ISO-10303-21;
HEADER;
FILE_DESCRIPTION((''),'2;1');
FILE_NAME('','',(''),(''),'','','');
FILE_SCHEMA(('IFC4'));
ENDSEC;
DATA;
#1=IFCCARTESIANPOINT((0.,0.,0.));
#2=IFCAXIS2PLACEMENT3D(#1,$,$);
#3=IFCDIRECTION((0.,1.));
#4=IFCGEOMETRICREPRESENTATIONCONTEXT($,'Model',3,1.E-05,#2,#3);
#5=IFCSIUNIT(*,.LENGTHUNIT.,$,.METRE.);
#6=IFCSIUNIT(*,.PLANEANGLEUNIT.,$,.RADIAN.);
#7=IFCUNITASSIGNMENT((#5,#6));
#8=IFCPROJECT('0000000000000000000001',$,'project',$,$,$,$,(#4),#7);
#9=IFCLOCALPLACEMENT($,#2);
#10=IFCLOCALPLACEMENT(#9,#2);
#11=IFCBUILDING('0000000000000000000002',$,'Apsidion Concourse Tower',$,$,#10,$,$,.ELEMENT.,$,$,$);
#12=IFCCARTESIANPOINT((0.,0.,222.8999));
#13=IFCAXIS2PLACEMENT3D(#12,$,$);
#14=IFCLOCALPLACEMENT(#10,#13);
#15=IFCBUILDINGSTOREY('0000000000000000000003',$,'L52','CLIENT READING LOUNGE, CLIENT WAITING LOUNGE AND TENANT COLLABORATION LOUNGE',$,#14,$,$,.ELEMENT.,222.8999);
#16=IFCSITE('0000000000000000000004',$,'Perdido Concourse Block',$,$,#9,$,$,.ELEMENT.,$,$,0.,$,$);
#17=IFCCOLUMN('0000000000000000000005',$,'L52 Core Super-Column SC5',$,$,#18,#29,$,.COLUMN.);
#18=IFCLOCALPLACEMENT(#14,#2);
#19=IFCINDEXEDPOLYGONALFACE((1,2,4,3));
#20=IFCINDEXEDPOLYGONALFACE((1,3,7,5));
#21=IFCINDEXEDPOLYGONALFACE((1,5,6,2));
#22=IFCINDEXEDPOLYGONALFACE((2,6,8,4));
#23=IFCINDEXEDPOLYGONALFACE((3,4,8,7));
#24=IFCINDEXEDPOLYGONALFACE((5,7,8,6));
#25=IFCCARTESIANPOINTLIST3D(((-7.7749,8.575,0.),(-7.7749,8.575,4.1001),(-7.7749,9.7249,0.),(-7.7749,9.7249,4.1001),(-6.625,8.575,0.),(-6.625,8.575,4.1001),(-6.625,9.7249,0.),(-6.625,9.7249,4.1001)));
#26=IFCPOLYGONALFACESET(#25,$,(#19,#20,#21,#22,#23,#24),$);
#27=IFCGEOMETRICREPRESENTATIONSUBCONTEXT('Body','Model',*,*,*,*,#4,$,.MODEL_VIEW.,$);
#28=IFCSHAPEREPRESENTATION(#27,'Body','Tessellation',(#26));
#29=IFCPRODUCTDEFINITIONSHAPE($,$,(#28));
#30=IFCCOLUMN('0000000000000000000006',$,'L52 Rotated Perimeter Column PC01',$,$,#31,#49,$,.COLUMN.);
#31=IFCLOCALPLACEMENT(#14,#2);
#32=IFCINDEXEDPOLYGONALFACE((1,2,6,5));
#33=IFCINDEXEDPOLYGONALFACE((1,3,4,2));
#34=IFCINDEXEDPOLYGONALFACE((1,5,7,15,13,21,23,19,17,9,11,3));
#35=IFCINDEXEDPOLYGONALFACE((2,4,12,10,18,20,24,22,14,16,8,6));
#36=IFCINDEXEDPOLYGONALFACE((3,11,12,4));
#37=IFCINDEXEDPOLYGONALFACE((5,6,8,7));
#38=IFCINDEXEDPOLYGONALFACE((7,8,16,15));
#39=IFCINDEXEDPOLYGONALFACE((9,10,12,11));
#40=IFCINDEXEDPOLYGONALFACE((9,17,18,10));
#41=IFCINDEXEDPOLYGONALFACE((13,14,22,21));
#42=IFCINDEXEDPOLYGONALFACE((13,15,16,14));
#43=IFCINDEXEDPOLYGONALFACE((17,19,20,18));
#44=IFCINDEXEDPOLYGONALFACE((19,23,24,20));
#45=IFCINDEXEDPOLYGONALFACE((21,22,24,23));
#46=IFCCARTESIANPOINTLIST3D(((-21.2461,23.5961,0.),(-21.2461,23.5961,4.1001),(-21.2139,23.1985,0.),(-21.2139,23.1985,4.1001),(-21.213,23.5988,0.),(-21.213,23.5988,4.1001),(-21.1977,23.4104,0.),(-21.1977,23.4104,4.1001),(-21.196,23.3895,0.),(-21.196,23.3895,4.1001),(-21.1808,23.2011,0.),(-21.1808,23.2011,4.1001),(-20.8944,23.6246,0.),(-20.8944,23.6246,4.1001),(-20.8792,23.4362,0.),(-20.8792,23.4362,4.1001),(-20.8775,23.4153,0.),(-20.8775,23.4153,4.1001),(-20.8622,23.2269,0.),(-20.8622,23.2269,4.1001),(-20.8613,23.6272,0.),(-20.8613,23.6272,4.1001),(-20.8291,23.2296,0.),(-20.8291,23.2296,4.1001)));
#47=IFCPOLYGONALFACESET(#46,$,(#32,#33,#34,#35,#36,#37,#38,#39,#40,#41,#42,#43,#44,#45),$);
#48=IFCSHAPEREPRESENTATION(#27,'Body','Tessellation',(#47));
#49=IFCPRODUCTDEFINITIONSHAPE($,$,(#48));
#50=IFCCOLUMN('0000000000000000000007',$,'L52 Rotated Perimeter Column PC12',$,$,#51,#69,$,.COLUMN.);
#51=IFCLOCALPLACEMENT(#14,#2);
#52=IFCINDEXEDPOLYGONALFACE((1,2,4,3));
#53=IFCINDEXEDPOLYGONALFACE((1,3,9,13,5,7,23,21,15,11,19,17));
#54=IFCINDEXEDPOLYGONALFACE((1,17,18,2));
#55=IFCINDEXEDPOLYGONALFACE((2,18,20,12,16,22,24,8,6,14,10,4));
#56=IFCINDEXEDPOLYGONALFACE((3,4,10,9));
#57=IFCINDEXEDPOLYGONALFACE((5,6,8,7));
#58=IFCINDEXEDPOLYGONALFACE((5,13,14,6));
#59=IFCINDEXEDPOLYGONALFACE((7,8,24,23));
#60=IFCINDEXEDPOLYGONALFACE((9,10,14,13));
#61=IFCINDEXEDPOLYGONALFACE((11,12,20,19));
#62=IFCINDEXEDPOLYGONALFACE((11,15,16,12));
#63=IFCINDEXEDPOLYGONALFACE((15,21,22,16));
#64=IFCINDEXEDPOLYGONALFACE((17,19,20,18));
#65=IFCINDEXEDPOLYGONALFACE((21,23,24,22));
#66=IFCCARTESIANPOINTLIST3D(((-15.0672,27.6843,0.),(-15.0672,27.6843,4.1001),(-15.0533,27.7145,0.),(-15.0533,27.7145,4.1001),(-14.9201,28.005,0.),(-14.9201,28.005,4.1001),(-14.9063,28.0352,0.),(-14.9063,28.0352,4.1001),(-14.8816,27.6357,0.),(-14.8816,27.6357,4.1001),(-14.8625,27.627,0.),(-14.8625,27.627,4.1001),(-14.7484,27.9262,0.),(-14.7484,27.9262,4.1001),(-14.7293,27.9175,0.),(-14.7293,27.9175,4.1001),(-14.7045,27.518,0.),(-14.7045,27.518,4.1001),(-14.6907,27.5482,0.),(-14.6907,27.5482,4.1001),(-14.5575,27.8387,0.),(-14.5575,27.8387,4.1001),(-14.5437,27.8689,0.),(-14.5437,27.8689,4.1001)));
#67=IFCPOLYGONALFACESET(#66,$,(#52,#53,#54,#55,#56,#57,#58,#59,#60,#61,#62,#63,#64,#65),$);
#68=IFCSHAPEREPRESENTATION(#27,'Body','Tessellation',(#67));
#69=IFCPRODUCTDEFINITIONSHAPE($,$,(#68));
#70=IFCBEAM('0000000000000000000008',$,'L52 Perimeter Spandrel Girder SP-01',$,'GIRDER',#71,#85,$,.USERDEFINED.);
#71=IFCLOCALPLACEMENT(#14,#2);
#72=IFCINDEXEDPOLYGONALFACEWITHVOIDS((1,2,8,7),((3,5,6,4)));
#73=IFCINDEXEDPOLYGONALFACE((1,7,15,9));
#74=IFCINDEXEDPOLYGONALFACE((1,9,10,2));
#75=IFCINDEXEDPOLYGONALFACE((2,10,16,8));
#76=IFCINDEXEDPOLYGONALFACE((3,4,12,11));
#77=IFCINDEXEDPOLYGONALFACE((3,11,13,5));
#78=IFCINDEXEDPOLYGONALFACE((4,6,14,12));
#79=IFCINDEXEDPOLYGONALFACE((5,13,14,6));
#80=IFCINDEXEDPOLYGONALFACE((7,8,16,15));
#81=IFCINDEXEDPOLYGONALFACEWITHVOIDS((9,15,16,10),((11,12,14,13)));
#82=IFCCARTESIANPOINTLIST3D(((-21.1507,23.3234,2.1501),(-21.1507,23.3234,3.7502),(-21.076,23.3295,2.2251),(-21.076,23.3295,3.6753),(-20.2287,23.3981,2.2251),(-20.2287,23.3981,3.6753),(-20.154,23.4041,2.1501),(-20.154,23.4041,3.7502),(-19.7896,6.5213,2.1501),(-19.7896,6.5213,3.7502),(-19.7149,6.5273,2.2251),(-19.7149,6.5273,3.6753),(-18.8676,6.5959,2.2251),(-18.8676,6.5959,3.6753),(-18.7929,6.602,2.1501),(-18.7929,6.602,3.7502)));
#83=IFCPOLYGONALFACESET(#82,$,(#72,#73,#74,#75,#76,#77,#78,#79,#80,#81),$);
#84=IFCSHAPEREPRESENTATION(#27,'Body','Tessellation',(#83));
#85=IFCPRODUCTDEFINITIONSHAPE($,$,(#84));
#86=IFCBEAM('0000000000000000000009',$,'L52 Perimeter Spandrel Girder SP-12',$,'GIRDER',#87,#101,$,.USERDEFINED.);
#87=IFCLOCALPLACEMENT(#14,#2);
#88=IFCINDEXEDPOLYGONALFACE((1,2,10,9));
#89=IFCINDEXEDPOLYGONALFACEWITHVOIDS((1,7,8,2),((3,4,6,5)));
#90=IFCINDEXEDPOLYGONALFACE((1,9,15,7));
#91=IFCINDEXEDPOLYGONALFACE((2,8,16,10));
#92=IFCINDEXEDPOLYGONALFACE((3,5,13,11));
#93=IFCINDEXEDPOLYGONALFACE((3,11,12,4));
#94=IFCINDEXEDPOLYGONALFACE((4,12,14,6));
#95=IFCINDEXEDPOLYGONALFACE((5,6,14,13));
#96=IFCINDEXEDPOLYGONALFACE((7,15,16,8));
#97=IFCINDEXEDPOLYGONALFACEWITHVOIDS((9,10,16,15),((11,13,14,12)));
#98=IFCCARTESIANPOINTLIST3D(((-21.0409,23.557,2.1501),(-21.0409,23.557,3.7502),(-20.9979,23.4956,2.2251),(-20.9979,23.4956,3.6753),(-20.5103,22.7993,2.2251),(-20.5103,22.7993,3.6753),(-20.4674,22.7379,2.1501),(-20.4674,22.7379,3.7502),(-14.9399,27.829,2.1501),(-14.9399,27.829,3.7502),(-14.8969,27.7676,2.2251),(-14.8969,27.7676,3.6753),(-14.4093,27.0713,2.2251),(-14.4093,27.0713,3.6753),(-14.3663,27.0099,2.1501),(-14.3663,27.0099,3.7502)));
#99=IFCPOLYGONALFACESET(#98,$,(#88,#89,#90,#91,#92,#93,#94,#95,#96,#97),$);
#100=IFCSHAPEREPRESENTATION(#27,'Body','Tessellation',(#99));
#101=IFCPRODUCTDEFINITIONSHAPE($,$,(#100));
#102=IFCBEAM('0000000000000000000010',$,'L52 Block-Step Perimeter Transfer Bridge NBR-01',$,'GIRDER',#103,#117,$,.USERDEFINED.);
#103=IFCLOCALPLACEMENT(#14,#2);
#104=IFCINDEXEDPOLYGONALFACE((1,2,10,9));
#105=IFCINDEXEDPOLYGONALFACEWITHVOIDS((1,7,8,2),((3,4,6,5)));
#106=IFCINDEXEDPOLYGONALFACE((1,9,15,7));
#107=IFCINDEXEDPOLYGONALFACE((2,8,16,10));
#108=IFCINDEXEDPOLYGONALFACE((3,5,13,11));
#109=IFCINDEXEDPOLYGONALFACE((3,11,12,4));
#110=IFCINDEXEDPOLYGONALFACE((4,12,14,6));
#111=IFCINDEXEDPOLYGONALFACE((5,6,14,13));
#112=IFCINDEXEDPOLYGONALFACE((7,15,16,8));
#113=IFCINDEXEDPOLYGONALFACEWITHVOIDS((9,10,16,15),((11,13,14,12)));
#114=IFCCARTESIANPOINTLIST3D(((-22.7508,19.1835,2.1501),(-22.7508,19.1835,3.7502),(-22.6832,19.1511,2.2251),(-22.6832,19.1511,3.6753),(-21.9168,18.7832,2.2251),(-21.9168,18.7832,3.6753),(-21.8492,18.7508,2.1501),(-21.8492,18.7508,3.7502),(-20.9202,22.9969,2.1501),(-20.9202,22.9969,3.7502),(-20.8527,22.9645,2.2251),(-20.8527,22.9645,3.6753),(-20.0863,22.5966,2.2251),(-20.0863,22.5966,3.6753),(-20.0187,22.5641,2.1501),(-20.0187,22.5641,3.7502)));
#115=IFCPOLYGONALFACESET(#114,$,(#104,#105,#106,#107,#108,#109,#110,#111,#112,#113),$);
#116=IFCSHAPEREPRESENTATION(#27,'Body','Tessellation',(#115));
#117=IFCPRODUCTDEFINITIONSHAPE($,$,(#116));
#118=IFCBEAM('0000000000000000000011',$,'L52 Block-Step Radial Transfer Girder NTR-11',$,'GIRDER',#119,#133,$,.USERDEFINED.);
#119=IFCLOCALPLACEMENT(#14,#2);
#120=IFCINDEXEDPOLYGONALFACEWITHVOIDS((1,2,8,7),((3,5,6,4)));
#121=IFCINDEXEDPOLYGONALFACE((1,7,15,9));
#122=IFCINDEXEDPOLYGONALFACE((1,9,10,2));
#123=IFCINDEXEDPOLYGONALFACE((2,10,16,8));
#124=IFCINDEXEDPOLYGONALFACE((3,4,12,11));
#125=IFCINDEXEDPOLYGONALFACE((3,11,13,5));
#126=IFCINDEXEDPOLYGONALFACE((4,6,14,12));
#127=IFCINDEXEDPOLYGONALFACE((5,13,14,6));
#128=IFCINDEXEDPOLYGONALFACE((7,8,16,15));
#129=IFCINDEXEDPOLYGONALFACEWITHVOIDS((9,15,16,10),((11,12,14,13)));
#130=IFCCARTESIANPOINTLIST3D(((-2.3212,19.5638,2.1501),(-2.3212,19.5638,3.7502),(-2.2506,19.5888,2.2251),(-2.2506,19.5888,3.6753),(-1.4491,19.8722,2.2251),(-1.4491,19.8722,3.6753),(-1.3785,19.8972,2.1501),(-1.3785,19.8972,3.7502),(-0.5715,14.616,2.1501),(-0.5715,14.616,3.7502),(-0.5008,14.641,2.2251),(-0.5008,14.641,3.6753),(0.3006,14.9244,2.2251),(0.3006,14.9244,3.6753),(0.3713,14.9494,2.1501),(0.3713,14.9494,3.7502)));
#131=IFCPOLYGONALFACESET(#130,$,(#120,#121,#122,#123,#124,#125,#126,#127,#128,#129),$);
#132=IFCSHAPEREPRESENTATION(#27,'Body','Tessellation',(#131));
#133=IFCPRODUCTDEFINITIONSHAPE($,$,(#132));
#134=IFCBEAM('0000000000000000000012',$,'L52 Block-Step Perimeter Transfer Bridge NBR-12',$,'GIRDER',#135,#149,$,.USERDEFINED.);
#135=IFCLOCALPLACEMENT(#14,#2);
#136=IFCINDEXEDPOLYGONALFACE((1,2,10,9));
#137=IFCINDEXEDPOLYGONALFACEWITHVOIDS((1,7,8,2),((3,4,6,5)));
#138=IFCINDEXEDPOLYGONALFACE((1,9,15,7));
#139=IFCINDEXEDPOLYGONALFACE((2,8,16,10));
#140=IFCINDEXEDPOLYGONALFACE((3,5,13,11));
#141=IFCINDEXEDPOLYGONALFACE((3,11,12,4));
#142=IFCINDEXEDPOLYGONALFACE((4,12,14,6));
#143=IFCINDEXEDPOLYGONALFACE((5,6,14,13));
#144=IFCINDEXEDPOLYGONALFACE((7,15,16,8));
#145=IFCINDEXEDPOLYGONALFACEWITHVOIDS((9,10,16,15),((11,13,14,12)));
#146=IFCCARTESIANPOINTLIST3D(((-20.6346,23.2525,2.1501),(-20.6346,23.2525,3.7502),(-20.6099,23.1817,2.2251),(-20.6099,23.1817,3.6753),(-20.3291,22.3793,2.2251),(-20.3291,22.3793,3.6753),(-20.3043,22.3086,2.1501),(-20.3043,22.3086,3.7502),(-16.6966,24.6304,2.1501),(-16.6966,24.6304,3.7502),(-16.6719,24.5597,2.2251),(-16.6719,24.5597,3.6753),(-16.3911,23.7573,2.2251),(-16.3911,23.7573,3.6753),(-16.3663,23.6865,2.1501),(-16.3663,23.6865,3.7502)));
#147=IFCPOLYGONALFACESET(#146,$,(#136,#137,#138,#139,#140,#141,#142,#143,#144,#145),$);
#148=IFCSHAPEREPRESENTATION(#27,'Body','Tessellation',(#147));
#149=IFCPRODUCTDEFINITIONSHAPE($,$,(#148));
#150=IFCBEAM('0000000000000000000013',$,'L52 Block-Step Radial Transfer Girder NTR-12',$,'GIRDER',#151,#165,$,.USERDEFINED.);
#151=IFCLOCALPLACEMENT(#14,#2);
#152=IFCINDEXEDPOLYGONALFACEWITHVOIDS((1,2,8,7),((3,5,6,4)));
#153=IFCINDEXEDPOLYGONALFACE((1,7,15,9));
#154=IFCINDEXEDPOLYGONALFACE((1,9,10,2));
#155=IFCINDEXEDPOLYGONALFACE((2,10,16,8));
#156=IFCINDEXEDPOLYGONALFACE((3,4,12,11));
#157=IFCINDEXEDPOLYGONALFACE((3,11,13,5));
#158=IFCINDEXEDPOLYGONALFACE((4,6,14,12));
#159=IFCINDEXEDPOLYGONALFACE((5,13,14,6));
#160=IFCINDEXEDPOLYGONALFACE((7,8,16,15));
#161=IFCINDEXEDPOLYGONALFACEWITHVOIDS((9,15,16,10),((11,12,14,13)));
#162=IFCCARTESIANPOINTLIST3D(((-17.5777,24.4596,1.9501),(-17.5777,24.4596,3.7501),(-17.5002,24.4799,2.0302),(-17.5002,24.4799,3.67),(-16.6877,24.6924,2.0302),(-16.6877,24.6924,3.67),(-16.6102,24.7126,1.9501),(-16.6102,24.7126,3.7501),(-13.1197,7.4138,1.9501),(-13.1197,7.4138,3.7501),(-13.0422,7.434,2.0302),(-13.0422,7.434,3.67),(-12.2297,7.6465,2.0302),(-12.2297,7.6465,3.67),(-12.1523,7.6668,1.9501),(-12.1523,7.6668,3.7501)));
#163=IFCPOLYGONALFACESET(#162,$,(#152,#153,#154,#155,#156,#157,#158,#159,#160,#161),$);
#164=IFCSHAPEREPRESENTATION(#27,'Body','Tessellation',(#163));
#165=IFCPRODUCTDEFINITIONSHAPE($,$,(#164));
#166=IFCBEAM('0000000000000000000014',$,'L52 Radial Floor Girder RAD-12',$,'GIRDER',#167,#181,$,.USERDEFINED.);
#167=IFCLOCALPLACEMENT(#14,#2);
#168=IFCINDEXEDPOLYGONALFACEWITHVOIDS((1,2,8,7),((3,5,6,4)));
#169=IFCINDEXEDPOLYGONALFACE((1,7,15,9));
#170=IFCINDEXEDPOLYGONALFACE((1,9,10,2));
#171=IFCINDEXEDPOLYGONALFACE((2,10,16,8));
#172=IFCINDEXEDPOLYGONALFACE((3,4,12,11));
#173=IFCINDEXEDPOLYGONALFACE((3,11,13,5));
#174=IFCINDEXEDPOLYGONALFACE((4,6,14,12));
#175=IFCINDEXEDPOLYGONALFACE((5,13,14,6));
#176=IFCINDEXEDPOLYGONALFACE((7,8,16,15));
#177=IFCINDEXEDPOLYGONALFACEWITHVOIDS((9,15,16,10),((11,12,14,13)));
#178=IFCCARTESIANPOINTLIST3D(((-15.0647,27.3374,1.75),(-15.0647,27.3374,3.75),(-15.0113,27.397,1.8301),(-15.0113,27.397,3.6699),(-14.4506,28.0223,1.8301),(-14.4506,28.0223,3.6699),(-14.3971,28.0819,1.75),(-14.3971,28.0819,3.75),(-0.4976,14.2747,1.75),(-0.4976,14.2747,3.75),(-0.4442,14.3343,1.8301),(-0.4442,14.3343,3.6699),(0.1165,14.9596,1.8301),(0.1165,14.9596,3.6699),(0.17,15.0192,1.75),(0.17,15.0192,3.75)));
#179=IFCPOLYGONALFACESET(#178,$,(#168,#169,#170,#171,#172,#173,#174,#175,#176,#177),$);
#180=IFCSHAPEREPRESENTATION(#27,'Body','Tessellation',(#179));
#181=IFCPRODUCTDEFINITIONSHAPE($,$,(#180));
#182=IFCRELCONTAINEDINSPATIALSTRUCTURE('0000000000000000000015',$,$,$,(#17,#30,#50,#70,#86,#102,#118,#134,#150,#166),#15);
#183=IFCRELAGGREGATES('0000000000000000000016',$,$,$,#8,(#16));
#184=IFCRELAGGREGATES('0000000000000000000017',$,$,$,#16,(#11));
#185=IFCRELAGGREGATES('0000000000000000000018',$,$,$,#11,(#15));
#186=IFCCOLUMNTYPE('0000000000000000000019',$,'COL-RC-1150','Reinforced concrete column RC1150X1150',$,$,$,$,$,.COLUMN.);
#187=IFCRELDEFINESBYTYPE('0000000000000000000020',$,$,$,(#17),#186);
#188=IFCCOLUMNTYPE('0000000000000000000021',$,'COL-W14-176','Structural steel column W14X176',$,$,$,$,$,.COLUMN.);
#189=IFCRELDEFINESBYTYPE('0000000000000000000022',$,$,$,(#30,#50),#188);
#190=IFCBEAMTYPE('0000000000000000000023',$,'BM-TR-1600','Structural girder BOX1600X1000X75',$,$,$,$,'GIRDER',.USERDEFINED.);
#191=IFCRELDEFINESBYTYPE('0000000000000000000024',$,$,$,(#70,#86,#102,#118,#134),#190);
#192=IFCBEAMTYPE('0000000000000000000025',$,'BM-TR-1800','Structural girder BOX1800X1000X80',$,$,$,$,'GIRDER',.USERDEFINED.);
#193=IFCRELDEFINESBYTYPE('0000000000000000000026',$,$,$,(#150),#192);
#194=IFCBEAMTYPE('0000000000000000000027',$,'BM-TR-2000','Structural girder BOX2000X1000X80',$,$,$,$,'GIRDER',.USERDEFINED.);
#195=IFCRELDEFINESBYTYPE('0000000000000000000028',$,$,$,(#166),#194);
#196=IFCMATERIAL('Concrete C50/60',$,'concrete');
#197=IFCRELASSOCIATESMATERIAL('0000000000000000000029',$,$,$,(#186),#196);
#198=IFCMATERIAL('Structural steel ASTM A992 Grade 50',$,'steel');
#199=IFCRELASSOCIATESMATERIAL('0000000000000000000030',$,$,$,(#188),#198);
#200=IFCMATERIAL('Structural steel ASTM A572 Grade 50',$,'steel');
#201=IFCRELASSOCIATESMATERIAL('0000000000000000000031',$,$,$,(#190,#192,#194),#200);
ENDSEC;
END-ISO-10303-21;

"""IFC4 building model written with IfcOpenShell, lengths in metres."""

from ifc_helpers import new_model, si_unit, direction, frame, origin, origin_2d, place, context, subcontext, project, spatial, rectangle, hollow_rectangle, i_section, extrude, material, material_profile, profile_set, type_object, element, save


model = new_model("IFC4")

# Units and contexts
model_context = context("Model", 3, precision=1e-05, world=origin(), true_north=direction((0.0, 1.0)))
body_context = subcontext(model_context, "Body", "Model", "MODEL_VIEW")
ifc_project = project(units=[si_unit("LENGTHUNIT", "METRE"), si_unit("PLANEANGLEUNIT", "RADIAN")], contexts=[model_context])

# Site, building, storey
site_placement = place(None, origin())
site = spatial("IfcSite", under=ifc_project, at=site_placement, Name="Perdido Concourse Block", CompositionType="ELEMENT", RefElevation=0.0)
building_placement = place(site_placement, origin())
building = spatial("IfcBuilding", under=site, at=building_placement, Name="Apsidion Concourse Tower", CompositionType="ELEMENT")
storey_placement = place(building_placement, frame((0.0, 0.0, 222.8999)))
storey = spatial("IfcBuildingStorey", under=building, at=storey_placement, Name="L52", Description="CLIENT READING LOUNGE, CLIENT WAITING LOUNGE AND TENANT COLLABORATION LOUNGE", CompositionType="ELEMENT", Elevation=222.8999)

# Columns
ifc_material_1 = material(Name="Concrete C50/60", Category="concrete")
ifc_material_profile_1 = material_profile(ifc_material_1, rectangle(XDim=1.1499, YDim=1.1499, at=origin_2d()), Name="RC 1150x1150")
ifc_profile_set_1 = profile_set([ifc_material_profile_1], Name="Concrete C50/60")
column_type_1 = type_object("IfcColumnType", Name="COL-RC-1150", Description="Reinforced concrete column RC1150X1150", PredefinedType="COLUMN", material=ifc_profile_set_1)
column_placement = place(storey_placement, frame((-7.2, 9.1499, 0.0), z_axis=(0.0, 0.0, 1.0), x_axis=(1.0, 0.0, 0.0)))
element("IfcColumn", 1, at=column_placement, inside=storey, type_object=column_type_1, Name="L52 Core Super-Column SC5", PredefinedType="COLUMN", context=body_context, shape_type="SweptSolid", body=[
    extrude(rectangle(XDim=1.1499, YDim=1.1499, at=origin_2d()), origin(), (0.0, 0.0, 1.0), 4.1001),
])
ifc_material_2 = material(Name="Structural steel ASTM A992 Grade 50", Category="steel")
ifc_material_profile_2 = material_profile(ifc_material_2, i_section(OverallWidth=0.3989, OverallDepth=0.386, WebThickness=0.021, FlangeThickness=0.0332, at=origin_2d()), Name="W14X176")
ifc_profile_set_2 = profile_set([ifc_material_profile_2], Name="Structural steel ASTM A992 Grade 50")
column_type_2 = type_object("IfcColumnType", Name="COL-W14-176", Description="Structural steel column W14X176", PredefinedType="COLUMN", material=ifc_profile_set_2)
for number, where, z_axis, x_axis, name in (
    (2, (-21.0376, 23.4128, 0.0), (0.0, 0.0, 1.0), (-0.080721, 0.996737, 0.0), "L52 Rotated Perimeter Column PC01"),
    (3, (-14.8054, 27.7766, 0.0), (0.0, 0.0, 1.0), (-0.909018, 0.416757, 0.0), "L52 Rotated Perimeter Column PC12"),
):
    element("IfcColumn", number, at=place(storey_placement, frame(where, z_axis=z_axis, x_axis=x_axis)), inside=storey, type_object=column_type_2, Name=name, PredefinedType="COLUMN", context=body_context, shape_type="SweptSolid", body=[
        extrude(i_section(OverallWidth=0.3989, OverallDepth=0.386, WebThickness=0.021, FlangeThickness=0.0332, at=origin_2d()), origin(), (0.0, 0.0, 1.0), 4.1001),
    ])

# Beams
ifc_material_3 = material(Name="Structural steel ASTM A572 Grade 50", Category="steel")
ifc_material_profile_3 = material_profile(ifc_material_3, hollow_rectangle(XDim=1.0, YDim=1.6001, WallThickness=0.075, at=origin_2d()), Name="BOX1600X1000X75")
ifc_profile_set_3 = profile_set([ifc_material_profile_3], Name="Structural steel ASTM A572 Grade 50")
beam_type_1 = type_object("IfcBeamType", Name="BM-TR-1600", Description="Structural girder BOX1600X1000X75", ElementType="GIRDER", PredefinedType="USERDEFINED", material=ifc_profile_set_3)
beam_1_placement = place(storey_placement, frame((-20.6523, 23.3638, 2.9502), z_axis=(0.080742, -0.996735, 0.0), x_axis=(0.996735, 0.080742, 0.0)))
element("IfcBeam", 4, at=beam_1_placement, inside=storey, type_object=beam_type_1, Name="L52 Perimeter Spandrel Girder SP-01", ObjectType="GIRDER", PredefinedType="USERDEFINED", context=body_context, shape_type="SweptSolid", body=[
    extrude(hollow_rectangle(XDim=1.0, YDim=1.6001, WallThickness=0.075, at=origin_2d()), origin(), (0.0, 0.0, 1.0), 16.8572),
])
beam_2_placement = place(storey_placement, frame((-14.6531, 27.4194, 2.9502), z_axis=(-0.819155, -0.573572, 0.0), x_axis=(0.573572, -0.819155, 0.0)))
element("IfcBeam", 5, at=beam_2_placement, inside=storey, type_object=beam_type_1, Name="L52 Perimeter Spandrel Girder SP-12", ObjectType="GIRDER", PredefinedType="USERDEFINED", context=body_context, shape_type="SweptSolid", body=[
    extrude(hollow_rectangle(XDim=1.0, YDim=1.6001, WallThickness=0.075, at=origin_2d()), origin(), (0.0, 0.0, 1.0), 7.448),
])
beam_3_placement = place(storey_placement, frame((-20.4695, 22.7805, 2.9502), z_axis=(-0.43275, -0.901514, 0.0), x_axis=(0.901514, -0.43275, 0.0)))
element("IfcBeam", 6, at=beam_3_placement, inside=storey, type_object=beam_type_1, Name="L52 Block-Step Perimeter Transfer Bridge NBR-01", ObjectType="GIRDER", PredefinedType="USERDEFINED", context=body_context, shape_type="SweptSolid", body=[
    extrude(hollow_rectangle(XDim=1.0, YDim=1.6001, WallThickness=0.075, at=origin_2d()), origin(), (0.0, 0.0, 1.0), 4.23),
])
beam_4_placement = place(storey_placement, frame((-0.1001, 14.7827, 2.9502), z_axis=(-0.333411, 0.942781, 0.0), x_axis=(-0.942781, -0.333411, 0.0)))
element("IfcBeam", 7, at=beam_4_placement, inside=storey, type_object=beam_type_1, Name="L52 Block-Step Radial Transfer Girder NTR-11", ObjectType="GIRDER", PredefinedType="USERDEFINED", context=body_context, shape_type="SweptSolid", body=[
    extrude(hollow_rectangle(XDim=1.0, YDim=1.6001, WallThickness=0.075, at=origin_2d()), origin(), (0.0, 0.0, 1.0), 5.248),
])
beam_5_placement = place(storey_placement, frame((-20.4695, 22.7805, 2.9502), z_axis=(0.943886, 0.330272, 0.0), x_axis=(-0.330272, 0.943886, 0.0)))
element("IfcBeam", 8, at=beam_5_placement, inside=storey, type_object=beam_type_1, Name="L52 Block-Step Perimeter Transfer Bridge NBR-12", ObjectType="GIRDER", PredefinedType="USERDEFINED", context=body_context, shape_type="SweptSolid", body=[
    extrude(hollow_rectangle(XDim=1.0, YDim=1.6001, WallThickness=0.075, at=origin_2d()), origin(), (0.0, 0.0, 1.0), 4.1721),
])
ifc_material_profile_4 = material_profile(ifc_material_3, hollow_rectangle(XDim=1.0, YDim=1.8, WallThickness=0.0801, at=origin_2d()), Name="BOX1800X1000X80")
ifc_profile_set_4 = profile_set([ifc_material_profile_4], Name="Structural steel ASTM A572 Grade 50")
beam_type_2 = type_object("IfcBeamType", Name="BM-TR-1800", Description="Structural girder BOX1800X1000X80", ElementType="GIRDER", PredefinedType="USERDEFINED", material=ifc_profile_set_4)
beam_6_placement = place(storey_placement, frame((-12.636, 7.5403, 2.8501), z_axis=(-0.25302, 0.967461, 0.0), x_axis=(-0.967461, -0.25302, 0.0)))
element("IfcBeam", 9, at=beam_6_placement, inside=storey, type_object=beam_type_2, Name="L52 Block-Step Radial Transfer Girder NTR-12", ObjectType="GIRDER", PredefinedType="USERDEFINED", context=body_context, shape_type="SweptSolid", body=[
    extrude(hollow_rectangle(XDim=1.0, YDim=1.8, WallThickness=0.0801, at=origin_2d()), origin(), (0.0, 0.0, 1.0), 17.6191),
])
ifc_material_profile_5 = material_profile(ifc_material_3, hollow_rectangle(XDim=1.0, YDim=2.0, WallThickness=0.0801, at=origin_2d()), Name="BOX2000X1000X80")
ifc_profile_set_5 = profile_set([ifc_material_profile_5], Name="Structural steel ASTM A572 Grade 50")
beam_type_3 = type_object("IfcBeamType", Name="BM-TR-2000", Description="Structural girder BOX2000X1000X80", ElementType="GIRDER", PredefinedType="USERDEFINED", material=ifc_profile_set_5)
beam_7_placement = place(storey_placement, frame((-0.1638, 14.647, 2.75), z_axis=(-0.744505, 0.667617, 0.0), x_axis=(-0.667617, -0.744505, 0.0)))
element("IfcBeam", 10, at=beam_7_placement, inside=storey, type_object=beam_type_3, Name="L52 Radial Floor Girder RAD-12", ObjectType="GIRDER", PredefinedType="USERDEFINED", context=body_context, shape_type="SweptSolid", body=[
    extrude(hollow_rectangle(XDim=1.0, YDim=2.0, WallThickness=0.0801, at=origin_2d()), origin(), (0.0, 0.0, 1.0), 19.5662),
])

save(model, "model.ifc")
